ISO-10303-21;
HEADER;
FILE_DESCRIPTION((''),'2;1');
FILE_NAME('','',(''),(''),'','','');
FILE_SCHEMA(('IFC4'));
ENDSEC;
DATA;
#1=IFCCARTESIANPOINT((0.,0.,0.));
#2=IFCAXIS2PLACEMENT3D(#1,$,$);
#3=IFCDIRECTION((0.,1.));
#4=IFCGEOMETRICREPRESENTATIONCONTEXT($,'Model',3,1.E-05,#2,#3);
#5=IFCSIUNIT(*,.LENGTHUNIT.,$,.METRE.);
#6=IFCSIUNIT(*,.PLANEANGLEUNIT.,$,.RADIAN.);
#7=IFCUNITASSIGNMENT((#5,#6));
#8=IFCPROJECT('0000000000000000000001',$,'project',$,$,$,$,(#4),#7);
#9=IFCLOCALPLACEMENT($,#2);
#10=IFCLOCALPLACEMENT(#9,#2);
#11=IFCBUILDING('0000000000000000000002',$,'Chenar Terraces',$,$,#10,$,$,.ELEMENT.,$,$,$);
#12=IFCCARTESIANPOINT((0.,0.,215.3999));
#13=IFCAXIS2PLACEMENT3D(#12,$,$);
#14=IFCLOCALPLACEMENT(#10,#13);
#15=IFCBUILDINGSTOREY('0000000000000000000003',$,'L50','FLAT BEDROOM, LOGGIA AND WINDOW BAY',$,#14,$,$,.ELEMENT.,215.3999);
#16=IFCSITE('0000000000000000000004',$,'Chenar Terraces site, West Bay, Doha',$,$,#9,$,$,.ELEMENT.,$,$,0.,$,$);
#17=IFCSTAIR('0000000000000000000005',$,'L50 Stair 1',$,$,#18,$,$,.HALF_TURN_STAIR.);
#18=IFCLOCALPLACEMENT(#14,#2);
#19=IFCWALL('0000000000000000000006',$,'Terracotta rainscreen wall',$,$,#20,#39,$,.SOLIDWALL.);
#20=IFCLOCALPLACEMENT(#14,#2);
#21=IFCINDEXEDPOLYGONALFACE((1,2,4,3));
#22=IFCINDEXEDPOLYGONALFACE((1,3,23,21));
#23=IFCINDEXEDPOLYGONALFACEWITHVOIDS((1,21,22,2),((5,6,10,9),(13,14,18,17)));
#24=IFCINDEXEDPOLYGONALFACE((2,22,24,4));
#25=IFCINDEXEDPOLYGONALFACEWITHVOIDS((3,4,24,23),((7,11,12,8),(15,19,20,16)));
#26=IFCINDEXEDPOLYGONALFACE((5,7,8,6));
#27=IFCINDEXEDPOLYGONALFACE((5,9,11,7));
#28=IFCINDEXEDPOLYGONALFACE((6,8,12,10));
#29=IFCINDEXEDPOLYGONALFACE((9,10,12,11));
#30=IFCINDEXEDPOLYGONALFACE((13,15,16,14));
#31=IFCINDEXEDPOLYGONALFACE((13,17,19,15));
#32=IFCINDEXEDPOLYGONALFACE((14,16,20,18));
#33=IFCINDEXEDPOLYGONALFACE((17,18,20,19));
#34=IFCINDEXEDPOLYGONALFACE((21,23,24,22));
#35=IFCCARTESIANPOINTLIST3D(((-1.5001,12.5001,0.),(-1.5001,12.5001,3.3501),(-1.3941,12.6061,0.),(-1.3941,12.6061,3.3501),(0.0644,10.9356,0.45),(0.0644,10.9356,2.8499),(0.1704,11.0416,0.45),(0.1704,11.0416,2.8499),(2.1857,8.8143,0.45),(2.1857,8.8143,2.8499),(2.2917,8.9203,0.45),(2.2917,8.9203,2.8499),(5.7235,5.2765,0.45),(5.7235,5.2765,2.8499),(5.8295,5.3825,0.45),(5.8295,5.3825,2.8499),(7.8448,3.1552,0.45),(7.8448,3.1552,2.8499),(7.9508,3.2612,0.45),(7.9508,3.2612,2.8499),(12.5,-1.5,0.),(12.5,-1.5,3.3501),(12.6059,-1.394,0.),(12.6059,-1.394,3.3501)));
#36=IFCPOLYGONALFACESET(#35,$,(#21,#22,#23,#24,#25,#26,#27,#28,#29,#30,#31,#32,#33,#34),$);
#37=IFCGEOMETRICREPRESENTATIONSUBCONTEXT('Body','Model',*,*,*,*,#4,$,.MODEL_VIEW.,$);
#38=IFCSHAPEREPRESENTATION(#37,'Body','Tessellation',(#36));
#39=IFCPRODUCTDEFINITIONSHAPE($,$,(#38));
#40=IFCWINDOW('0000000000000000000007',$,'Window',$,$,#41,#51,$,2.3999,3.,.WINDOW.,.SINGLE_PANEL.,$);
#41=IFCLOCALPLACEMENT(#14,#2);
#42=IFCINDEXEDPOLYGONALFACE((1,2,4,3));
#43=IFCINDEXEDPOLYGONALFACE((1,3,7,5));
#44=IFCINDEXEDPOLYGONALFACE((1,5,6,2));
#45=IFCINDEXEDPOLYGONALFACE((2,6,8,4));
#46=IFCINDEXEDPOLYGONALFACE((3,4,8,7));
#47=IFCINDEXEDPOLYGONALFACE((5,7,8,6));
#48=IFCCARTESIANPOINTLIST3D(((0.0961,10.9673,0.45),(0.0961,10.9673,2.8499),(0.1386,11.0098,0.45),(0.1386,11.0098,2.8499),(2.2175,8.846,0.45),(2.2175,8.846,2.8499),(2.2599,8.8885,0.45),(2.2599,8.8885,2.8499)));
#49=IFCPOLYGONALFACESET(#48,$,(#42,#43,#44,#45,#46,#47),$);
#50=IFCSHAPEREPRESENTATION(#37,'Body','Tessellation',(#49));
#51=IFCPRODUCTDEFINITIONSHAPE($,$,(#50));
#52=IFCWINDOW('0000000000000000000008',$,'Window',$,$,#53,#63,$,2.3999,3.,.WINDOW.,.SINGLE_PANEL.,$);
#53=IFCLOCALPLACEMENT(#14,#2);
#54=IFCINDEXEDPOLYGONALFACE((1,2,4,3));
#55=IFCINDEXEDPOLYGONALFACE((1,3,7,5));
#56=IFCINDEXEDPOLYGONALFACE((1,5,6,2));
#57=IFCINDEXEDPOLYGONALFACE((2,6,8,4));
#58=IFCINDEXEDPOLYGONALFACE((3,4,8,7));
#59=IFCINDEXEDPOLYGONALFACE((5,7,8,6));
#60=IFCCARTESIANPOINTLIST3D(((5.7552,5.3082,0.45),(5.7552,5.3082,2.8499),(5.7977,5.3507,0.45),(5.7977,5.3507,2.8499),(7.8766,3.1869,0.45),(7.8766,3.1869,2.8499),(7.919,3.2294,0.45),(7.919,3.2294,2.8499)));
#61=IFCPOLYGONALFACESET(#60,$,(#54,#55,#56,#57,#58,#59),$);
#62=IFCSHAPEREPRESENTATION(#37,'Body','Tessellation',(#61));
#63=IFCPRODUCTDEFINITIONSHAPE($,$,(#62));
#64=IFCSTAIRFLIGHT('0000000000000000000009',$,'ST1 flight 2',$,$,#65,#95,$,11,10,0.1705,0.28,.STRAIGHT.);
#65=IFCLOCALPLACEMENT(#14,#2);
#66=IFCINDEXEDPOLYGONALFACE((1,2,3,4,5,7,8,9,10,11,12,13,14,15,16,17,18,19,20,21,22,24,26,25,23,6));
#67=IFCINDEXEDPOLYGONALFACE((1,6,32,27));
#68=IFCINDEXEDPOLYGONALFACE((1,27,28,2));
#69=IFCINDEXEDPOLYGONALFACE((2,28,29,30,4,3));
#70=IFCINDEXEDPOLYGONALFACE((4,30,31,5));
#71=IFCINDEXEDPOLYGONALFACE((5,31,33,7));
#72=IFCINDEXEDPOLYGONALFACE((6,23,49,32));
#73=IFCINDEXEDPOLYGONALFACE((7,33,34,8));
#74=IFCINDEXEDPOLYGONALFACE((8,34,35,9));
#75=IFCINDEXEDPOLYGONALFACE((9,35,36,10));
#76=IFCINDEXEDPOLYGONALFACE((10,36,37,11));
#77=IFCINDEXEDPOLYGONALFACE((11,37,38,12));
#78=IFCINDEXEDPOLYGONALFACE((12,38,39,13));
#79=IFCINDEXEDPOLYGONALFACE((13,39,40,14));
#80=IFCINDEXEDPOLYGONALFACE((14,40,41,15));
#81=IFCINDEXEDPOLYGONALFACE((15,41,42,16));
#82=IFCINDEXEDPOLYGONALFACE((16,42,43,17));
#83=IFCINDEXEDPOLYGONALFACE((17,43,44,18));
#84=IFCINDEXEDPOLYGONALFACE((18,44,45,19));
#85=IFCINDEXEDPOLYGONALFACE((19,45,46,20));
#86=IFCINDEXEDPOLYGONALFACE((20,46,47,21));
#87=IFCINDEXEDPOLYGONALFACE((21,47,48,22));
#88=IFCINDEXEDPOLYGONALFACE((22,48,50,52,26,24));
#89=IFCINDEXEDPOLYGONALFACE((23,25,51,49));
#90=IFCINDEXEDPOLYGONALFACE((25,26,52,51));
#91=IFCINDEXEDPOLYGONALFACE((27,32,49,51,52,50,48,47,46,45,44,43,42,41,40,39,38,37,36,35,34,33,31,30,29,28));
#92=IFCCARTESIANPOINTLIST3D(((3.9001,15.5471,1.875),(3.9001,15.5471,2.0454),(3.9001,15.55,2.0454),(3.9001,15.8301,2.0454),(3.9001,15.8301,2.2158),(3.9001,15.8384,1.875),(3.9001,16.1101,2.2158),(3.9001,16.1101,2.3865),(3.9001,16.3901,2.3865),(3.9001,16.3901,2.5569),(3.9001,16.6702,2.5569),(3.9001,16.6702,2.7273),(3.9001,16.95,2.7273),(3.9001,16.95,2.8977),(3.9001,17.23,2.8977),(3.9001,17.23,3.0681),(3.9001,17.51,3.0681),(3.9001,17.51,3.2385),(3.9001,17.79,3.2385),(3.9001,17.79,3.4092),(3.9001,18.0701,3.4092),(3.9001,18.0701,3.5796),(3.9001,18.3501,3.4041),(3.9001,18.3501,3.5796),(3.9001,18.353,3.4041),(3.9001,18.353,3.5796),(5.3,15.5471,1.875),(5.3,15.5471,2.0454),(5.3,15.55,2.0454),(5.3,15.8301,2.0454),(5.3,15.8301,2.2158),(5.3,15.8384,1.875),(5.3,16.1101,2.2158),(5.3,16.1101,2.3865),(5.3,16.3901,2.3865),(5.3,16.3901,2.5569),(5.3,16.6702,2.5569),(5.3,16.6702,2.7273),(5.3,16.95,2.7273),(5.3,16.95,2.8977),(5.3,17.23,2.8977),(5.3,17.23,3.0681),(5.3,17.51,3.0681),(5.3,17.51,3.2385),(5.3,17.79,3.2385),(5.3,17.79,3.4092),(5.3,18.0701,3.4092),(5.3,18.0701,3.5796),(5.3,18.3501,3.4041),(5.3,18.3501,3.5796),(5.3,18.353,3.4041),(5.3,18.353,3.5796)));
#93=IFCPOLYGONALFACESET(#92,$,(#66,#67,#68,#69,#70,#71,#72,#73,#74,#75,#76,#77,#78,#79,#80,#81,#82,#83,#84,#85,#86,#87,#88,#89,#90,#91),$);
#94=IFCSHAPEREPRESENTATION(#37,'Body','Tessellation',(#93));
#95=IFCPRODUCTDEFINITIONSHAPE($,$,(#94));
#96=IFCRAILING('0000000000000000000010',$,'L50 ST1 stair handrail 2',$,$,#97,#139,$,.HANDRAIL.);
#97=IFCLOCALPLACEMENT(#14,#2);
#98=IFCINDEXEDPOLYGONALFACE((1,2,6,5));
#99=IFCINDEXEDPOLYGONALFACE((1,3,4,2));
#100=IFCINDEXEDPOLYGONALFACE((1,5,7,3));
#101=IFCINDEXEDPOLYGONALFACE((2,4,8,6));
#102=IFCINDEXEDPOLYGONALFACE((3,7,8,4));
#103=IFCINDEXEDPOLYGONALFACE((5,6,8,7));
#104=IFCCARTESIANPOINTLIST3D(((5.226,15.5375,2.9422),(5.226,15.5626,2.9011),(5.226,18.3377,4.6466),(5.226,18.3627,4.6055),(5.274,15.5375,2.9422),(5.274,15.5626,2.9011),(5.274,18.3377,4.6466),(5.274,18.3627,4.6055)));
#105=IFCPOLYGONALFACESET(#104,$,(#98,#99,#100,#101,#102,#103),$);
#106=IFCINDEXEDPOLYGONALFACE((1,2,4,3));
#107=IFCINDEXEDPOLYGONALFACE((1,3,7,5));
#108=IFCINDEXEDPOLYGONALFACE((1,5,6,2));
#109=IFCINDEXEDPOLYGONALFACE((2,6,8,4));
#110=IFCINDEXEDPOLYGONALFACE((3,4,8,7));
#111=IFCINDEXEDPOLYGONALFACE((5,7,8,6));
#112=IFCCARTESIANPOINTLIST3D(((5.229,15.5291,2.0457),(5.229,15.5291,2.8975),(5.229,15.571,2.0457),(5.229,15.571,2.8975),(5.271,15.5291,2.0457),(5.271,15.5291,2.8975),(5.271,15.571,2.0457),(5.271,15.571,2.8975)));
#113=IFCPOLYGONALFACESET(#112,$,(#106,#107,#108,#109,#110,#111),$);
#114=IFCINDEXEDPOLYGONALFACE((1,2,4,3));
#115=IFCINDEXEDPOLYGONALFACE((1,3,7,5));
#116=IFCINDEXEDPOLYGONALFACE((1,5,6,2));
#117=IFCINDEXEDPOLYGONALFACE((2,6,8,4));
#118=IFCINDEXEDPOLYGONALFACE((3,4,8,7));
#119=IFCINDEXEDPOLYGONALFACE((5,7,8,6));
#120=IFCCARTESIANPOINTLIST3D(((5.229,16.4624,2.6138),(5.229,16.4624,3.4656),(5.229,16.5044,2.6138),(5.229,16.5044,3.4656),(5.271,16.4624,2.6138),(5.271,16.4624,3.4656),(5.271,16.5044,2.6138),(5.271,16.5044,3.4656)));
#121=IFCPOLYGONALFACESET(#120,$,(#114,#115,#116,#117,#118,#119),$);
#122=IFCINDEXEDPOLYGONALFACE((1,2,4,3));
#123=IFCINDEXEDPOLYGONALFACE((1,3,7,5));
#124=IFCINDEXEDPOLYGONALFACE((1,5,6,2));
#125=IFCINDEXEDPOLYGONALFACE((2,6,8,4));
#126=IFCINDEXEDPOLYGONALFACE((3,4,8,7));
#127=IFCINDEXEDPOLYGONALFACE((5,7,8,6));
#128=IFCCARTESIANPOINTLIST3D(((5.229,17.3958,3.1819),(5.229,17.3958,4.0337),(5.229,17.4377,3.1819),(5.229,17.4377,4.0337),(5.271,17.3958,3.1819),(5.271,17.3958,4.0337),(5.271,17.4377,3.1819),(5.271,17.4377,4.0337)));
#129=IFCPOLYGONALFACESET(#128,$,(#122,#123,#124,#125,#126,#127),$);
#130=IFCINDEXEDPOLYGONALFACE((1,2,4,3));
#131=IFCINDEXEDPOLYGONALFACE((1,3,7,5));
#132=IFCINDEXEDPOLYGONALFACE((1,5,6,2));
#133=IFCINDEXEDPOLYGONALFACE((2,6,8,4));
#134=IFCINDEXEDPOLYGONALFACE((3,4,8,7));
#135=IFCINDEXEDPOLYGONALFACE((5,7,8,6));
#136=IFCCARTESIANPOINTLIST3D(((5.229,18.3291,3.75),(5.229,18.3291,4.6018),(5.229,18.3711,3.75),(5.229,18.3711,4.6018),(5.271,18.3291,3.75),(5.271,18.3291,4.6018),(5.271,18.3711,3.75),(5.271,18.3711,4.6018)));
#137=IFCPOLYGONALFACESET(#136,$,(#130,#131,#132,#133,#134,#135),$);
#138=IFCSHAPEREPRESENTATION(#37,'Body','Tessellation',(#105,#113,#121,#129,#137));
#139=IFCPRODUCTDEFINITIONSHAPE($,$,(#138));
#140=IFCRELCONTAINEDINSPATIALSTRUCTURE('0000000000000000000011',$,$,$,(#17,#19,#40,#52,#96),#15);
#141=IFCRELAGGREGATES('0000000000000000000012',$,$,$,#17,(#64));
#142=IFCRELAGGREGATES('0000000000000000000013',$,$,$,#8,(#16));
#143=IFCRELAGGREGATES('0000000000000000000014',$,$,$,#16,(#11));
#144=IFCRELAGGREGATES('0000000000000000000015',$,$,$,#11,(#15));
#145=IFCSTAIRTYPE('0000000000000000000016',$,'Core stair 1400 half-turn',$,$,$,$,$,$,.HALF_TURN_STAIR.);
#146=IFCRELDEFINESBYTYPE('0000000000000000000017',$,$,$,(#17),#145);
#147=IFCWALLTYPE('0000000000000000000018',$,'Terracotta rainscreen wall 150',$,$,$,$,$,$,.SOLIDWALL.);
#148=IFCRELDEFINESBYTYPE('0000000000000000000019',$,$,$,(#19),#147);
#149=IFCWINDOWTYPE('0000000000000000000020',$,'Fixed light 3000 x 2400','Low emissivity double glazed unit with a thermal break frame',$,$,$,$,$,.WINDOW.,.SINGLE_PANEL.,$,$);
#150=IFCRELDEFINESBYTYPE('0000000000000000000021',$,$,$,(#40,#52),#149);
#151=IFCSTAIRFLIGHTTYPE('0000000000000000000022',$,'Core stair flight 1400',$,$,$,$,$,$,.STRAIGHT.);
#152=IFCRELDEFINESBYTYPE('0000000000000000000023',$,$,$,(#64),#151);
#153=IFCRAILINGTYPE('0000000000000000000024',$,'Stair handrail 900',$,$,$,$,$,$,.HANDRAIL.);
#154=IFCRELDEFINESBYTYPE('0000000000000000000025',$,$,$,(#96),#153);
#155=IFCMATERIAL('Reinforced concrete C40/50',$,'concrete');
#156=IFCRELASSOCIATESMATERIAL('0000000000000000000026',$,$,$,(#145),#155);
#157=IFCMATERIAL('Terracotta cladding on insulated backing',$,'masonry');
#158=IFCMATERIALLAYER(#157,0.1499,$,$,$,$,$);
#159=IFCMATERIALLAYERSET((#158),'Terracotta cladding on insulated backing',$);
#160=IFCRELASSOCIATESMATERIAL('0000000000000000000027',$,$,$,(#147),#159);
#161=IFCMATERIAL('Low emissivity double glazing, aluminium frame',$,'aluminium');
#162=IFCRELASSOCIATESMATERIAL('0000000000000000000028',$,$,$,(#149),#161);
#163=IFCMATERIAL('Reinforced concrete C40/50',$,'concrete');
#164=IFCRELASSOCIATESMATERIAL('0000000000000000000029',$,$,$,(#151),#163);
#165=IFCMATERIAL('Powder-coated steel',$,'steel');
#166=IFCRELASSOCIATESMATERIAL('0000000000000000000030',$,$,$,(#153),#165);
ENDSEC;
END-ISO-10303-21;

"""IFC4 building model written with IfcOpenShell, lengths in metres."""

from ifc_helpers import new_model, si_unit, direction, frame, frame_2d, origin, origin_2d, place, context, subcontext, project, spatial, polyline, rectangle, outline, extrude, material, layer, layer_set, type_object, element, fill, aggregate, save


model = new_model("IFC4")

# Units and contexts
model_context = context("Model", 3, precision=1e-05, world=origin(), true_north=direction((0.0, 1.0)))
body_context = subcontext(model_context, "Body", "Model", "MODEL_VIEW")
ifc_project = project(units=[si_unit("LENGTHUNIT", "METRE"), si_unit("PLANEANGLEUNIT", "RADIAN")], contexts=[model_context])

# Site, building, storey
site_placement = place(None, origin())
site = spatial("IfcSite", under=ifc_project, at=site_placement, Name="Chenar Terraces site, West Bay, Doha", CompositionType="ELEMENT", RefElevation=0.0)
building_placement = place(site_placement, origin())
building = spatial("IfcBuilding", under=site, at=building_placement, Name="Chenar Terraces", CompositionType="ELEMENT")
storey_placement = place(building_placement, frame((0.0, 0.0, 215.3999)))
storey = spatial("IfcBuildingStorey", under=building, at=storey_placement, Name="L50", Description="FLAT BEDROOM, LOGGIA AND WINDOW BAY", CompositionType="ELEMENT", Elevation=215.3999)

# Stair
ifc_material_1 = material(Name="Reinforced concrete C40/50", Category="concrete")
stair_type = type_object("IfcStairType", Name="Core stair 1400 half-turn", PredefinedType="HALF_TURN_STAIR", material=ifc_material_1)
placement_1 = place(storey_placement, origin())
stair_1 = element("IfcStair", 1, at=placement_1, inside=storey, type_object=stair_type, Name="L50 Stair 1", PredefinedType="HALF_TURN_STAIR")

# Wall, openings, windows
ifc_material_2 = material(Name="Terracotta cladding on insulated backing", Category="masonry")
ifc_layer_1 = layer(ifc_material_2, 0.1499)
ifc_layer_set_1 = layer_set([ifc_layer_1], Name="Terracotta cladding on insulated backing")
wall_type_1 = type_object("IfcWallType", Name="Terracotta rainscreen wall 150", PredefinedType="SOLIDWALL", material=ifc_layer_set_1)
wall_1_placement = place(storey_placement, frame((-1.447, 12.553, 0.0), z_axis=(0.0, 0.0, 1.0), x_axis=(0.707107, -0.707107, 0.0)))
wall_1 = element("IfcWall", 2, at=wall_1_placement, inside=storey, type_object=wall_type_1, Name="Terracotta rainscreen wall", PredefinedType="SOLIDWALL", context=body_context, shape_type="SweptSolid", body=[
    extrude(rectangle(XDim=19.7991, YDim=0.1499, at=frame_2d((9.8994, 0.0))), origin(), (0.0, 0.0, 1.0), 3.3501),
])
opening_1_placement = place(wall_1_placement, frame((2.2124, 0.0, 0.45)))
opening_1 = element("IfcOpeningElement", 3, at=opening_1_placement, cuts=wall_1, PredefinedType="OPENING", context=body_context, shape_type="SweptSolid", body=[
    extrude(rectangle(XDim=3.0, YDim=2.3999, at=frame_2d((1.5, 1.2))), frame((0.0, 0.085, 0.0), z_axis=(0.0, -1.0, 0.0), x_axis=(1.0, 0.0, 0.0)), (0.0, 0.0, 1.0), 0.1699),
])
opening_2_placement = place(wall_1_placement, frame((10.2156, 0.0, 0.45)))
opening_2 = element("IfcOpeningElement", 4, at=opening_2_placement, cuts=wall_1, PredefinedType="OPENING", context=body_context, shape_type="SweptSolid", body=[
    extrude(rectangle(XDim=3.0, YDim=2.3999, at=frame_2d((1.5, 1.2))), frame((0.0, 0.085, 0.0), z_axis=(0.0, -1.0, 0.0), x_axis=(1.0, 0.0, 0.0)), (0.0, 0.0, 1.0), 0.1699),
])
ifc_material_3 = material(Name="Low emissivity double glazing, aluminium frame", Category="aluminium")
window_type = type_object("IfcWindowType", Name="Fixed light 3000 x 2400", Description="Low emissivity double glazed unit with a thermal break frame", PartitioningType="SINGLE_PANEL", PredefinedType="WINDOW", material=ifc_material_3)
window_1_placement = place(opening_1_placement, origin())
window_1 = element("IfcWindow", 5, at=window_1_placement, inside=storey, type_object=window_type, Name="Window", OverallHeight=2.3999, OverallWidth=3.0, PartitioningType="SINGLE_PANEL", PredefinedType="WINDOW", context=body_context, shape_type="SweptSolid", body=[
    extrude(rectangle(XDim=3.0, YDim=2.3999, at=frame_2d((1.5, 1.2))), frame((0.0, 0.03, 0.0), z_axis=(0.0, -1.0, 0.0), x_axis=(1.0, 0.0, 0.0)), (0.0, 0.0, 1.0), 0.0601),
])
fill(opening_1, window_1)
window_2_placement = place(opening_2_placement, origin())
window_2 = element("IfcWindow", 6, at=window_2_placement, inside=storey, type_object=window_type, Name="Window", OverallHeight=2.3999, OverallWidth=3.0, PartitioningType="SINGLE_PANEL", PredefinedType="WINDOW", context=body_context, shape_type="SweptSolid", body=[
    extrude(rectangle(XDim=3.0, YDim=2.3999, at=frame_2d((1.5, 1.2))), frame((0.0, 0.03, 0.0), z_axis=(0.0, -1.0, 0.0), x_axis=(1.0, 0.0, 0.0)), (0.0, 0.0, 1.0), 0.0601),
])
fill(opening_2, window_2)

# Stair flight
ifc_material_4 = material(Name="Reinforced concrete C40/50", Category="concrete")
stair_flight_type = type_object("IfcStairFlightType", Name="Core stair flight 1400", PredefinedType="STRAIGHT", material=ifc_material_4)
stair_flight_placement = place(storey_placement, frame((4.6001, 15.55, 1.875), z_axis=(0.0, 0.0, 1.0), x_axis=(0.0, 1.0, 0.0)))
stair_flight = element("IfcStairFlight", 7, at=stair_flight_placement, type_object=stair_flight_type, Name="ST1 flight 2", NumberOfRisers=11, NumberOfTreads=10, PredefinedType="STRAIGHT", RiserHeight=0.1705, TreadLength=0.28, context=body_context, shape_type="SweptSolid", body=[
    extrude(outline(polyline([(-0.0029, 0.0), (-0.0029, 0.1704), (0.0, 0.1704), (0.28, 0.1704), (0.28, 0.3408), (0.5601, 0.3408), (0.5601, 0.5115), (0.8401, 0.5115), (0.8401, 0.6819), (1.1201, 0.6819), (1.1201, 0.8523), (1.3999, 0.8523), (1.3999, 1.0227), (1.6799, 1.0227), (1.6799, 1.1931), (1.96, 1.1931), (1.96, 1.3635), (2.24, 1.3635), (2.24, 1.5342), (2.52, 1.5342), (2.52, 1.7046), (2.8, 1.7046), (2.803, 1.7046), (2.803, 1.5291), (2.8, 1.5291), (0.2883, 0.0), (-0.0029, 0.0)])), frame((0.0, 0.7, 0.0), z_axis=(0.0, -1.0, 0.0), x_axis=(1.0, 0.0, 0.0)), (0.0, 0.0, 1.0), 1.3999),
])
aggregate(stair_1, [stair_flight])

# Railing
ifc_material_5 = material(Name="Powder-coated steel", Category="steel")
railing_type = type_object("IfcRailingType", Name="Stair handrail 900", PredefinedType="HANDRAIL", material=ifc_material_5)
railing_placement = place(storey_placement, frame((5.25, 15.55, 2.0457)))
element("IfcRailing", 8, at=railing_placement, inside=storey, type_object=railing_type, Name="L50 ST1 stair handrail 2", PredefinedType="HANDRAIL", context=body_context, shape_type="SweptSolid", body=[
    extrude(rectangle(XDim=0.0481, YDim=0.0481, at=origin_2d()), frame((0.0, 0.0, 0.876), z_axis=(0.0, 0.854203, 0.51994), x_axis=(-1.0, 0.0, 0.0)), (0.0, 0.0, 1.0), 3.2781),
    extrude(rectangle(XDim=0.042, YDim=0.042, at=origin_2d()), origin(), (0.0, 0.0, 1.0), 0.8518),
    extrude(rectangle(XDim=0.042, YDim=0.042, at=origin_2d()), frame((0.0, 0.9333, 0.5681)), (0.0, 0.0, 1.0), 0.8518),
    extrude(rectangle(XDim=0.042, YDim=0.042, at=origin_2d()), frame((0.0, 1.8667, 1.1362)), (0.0, 0.0, 1.0), 0.8518),
    extrude(rectangle(XDim=0.042, YDim=0.042, at=origin_2d()), frame((0.0, 2.8, 1.7043)), (0.0, 0.0, 1.0), 0.8518),
])

save(model, "model.ifc")
